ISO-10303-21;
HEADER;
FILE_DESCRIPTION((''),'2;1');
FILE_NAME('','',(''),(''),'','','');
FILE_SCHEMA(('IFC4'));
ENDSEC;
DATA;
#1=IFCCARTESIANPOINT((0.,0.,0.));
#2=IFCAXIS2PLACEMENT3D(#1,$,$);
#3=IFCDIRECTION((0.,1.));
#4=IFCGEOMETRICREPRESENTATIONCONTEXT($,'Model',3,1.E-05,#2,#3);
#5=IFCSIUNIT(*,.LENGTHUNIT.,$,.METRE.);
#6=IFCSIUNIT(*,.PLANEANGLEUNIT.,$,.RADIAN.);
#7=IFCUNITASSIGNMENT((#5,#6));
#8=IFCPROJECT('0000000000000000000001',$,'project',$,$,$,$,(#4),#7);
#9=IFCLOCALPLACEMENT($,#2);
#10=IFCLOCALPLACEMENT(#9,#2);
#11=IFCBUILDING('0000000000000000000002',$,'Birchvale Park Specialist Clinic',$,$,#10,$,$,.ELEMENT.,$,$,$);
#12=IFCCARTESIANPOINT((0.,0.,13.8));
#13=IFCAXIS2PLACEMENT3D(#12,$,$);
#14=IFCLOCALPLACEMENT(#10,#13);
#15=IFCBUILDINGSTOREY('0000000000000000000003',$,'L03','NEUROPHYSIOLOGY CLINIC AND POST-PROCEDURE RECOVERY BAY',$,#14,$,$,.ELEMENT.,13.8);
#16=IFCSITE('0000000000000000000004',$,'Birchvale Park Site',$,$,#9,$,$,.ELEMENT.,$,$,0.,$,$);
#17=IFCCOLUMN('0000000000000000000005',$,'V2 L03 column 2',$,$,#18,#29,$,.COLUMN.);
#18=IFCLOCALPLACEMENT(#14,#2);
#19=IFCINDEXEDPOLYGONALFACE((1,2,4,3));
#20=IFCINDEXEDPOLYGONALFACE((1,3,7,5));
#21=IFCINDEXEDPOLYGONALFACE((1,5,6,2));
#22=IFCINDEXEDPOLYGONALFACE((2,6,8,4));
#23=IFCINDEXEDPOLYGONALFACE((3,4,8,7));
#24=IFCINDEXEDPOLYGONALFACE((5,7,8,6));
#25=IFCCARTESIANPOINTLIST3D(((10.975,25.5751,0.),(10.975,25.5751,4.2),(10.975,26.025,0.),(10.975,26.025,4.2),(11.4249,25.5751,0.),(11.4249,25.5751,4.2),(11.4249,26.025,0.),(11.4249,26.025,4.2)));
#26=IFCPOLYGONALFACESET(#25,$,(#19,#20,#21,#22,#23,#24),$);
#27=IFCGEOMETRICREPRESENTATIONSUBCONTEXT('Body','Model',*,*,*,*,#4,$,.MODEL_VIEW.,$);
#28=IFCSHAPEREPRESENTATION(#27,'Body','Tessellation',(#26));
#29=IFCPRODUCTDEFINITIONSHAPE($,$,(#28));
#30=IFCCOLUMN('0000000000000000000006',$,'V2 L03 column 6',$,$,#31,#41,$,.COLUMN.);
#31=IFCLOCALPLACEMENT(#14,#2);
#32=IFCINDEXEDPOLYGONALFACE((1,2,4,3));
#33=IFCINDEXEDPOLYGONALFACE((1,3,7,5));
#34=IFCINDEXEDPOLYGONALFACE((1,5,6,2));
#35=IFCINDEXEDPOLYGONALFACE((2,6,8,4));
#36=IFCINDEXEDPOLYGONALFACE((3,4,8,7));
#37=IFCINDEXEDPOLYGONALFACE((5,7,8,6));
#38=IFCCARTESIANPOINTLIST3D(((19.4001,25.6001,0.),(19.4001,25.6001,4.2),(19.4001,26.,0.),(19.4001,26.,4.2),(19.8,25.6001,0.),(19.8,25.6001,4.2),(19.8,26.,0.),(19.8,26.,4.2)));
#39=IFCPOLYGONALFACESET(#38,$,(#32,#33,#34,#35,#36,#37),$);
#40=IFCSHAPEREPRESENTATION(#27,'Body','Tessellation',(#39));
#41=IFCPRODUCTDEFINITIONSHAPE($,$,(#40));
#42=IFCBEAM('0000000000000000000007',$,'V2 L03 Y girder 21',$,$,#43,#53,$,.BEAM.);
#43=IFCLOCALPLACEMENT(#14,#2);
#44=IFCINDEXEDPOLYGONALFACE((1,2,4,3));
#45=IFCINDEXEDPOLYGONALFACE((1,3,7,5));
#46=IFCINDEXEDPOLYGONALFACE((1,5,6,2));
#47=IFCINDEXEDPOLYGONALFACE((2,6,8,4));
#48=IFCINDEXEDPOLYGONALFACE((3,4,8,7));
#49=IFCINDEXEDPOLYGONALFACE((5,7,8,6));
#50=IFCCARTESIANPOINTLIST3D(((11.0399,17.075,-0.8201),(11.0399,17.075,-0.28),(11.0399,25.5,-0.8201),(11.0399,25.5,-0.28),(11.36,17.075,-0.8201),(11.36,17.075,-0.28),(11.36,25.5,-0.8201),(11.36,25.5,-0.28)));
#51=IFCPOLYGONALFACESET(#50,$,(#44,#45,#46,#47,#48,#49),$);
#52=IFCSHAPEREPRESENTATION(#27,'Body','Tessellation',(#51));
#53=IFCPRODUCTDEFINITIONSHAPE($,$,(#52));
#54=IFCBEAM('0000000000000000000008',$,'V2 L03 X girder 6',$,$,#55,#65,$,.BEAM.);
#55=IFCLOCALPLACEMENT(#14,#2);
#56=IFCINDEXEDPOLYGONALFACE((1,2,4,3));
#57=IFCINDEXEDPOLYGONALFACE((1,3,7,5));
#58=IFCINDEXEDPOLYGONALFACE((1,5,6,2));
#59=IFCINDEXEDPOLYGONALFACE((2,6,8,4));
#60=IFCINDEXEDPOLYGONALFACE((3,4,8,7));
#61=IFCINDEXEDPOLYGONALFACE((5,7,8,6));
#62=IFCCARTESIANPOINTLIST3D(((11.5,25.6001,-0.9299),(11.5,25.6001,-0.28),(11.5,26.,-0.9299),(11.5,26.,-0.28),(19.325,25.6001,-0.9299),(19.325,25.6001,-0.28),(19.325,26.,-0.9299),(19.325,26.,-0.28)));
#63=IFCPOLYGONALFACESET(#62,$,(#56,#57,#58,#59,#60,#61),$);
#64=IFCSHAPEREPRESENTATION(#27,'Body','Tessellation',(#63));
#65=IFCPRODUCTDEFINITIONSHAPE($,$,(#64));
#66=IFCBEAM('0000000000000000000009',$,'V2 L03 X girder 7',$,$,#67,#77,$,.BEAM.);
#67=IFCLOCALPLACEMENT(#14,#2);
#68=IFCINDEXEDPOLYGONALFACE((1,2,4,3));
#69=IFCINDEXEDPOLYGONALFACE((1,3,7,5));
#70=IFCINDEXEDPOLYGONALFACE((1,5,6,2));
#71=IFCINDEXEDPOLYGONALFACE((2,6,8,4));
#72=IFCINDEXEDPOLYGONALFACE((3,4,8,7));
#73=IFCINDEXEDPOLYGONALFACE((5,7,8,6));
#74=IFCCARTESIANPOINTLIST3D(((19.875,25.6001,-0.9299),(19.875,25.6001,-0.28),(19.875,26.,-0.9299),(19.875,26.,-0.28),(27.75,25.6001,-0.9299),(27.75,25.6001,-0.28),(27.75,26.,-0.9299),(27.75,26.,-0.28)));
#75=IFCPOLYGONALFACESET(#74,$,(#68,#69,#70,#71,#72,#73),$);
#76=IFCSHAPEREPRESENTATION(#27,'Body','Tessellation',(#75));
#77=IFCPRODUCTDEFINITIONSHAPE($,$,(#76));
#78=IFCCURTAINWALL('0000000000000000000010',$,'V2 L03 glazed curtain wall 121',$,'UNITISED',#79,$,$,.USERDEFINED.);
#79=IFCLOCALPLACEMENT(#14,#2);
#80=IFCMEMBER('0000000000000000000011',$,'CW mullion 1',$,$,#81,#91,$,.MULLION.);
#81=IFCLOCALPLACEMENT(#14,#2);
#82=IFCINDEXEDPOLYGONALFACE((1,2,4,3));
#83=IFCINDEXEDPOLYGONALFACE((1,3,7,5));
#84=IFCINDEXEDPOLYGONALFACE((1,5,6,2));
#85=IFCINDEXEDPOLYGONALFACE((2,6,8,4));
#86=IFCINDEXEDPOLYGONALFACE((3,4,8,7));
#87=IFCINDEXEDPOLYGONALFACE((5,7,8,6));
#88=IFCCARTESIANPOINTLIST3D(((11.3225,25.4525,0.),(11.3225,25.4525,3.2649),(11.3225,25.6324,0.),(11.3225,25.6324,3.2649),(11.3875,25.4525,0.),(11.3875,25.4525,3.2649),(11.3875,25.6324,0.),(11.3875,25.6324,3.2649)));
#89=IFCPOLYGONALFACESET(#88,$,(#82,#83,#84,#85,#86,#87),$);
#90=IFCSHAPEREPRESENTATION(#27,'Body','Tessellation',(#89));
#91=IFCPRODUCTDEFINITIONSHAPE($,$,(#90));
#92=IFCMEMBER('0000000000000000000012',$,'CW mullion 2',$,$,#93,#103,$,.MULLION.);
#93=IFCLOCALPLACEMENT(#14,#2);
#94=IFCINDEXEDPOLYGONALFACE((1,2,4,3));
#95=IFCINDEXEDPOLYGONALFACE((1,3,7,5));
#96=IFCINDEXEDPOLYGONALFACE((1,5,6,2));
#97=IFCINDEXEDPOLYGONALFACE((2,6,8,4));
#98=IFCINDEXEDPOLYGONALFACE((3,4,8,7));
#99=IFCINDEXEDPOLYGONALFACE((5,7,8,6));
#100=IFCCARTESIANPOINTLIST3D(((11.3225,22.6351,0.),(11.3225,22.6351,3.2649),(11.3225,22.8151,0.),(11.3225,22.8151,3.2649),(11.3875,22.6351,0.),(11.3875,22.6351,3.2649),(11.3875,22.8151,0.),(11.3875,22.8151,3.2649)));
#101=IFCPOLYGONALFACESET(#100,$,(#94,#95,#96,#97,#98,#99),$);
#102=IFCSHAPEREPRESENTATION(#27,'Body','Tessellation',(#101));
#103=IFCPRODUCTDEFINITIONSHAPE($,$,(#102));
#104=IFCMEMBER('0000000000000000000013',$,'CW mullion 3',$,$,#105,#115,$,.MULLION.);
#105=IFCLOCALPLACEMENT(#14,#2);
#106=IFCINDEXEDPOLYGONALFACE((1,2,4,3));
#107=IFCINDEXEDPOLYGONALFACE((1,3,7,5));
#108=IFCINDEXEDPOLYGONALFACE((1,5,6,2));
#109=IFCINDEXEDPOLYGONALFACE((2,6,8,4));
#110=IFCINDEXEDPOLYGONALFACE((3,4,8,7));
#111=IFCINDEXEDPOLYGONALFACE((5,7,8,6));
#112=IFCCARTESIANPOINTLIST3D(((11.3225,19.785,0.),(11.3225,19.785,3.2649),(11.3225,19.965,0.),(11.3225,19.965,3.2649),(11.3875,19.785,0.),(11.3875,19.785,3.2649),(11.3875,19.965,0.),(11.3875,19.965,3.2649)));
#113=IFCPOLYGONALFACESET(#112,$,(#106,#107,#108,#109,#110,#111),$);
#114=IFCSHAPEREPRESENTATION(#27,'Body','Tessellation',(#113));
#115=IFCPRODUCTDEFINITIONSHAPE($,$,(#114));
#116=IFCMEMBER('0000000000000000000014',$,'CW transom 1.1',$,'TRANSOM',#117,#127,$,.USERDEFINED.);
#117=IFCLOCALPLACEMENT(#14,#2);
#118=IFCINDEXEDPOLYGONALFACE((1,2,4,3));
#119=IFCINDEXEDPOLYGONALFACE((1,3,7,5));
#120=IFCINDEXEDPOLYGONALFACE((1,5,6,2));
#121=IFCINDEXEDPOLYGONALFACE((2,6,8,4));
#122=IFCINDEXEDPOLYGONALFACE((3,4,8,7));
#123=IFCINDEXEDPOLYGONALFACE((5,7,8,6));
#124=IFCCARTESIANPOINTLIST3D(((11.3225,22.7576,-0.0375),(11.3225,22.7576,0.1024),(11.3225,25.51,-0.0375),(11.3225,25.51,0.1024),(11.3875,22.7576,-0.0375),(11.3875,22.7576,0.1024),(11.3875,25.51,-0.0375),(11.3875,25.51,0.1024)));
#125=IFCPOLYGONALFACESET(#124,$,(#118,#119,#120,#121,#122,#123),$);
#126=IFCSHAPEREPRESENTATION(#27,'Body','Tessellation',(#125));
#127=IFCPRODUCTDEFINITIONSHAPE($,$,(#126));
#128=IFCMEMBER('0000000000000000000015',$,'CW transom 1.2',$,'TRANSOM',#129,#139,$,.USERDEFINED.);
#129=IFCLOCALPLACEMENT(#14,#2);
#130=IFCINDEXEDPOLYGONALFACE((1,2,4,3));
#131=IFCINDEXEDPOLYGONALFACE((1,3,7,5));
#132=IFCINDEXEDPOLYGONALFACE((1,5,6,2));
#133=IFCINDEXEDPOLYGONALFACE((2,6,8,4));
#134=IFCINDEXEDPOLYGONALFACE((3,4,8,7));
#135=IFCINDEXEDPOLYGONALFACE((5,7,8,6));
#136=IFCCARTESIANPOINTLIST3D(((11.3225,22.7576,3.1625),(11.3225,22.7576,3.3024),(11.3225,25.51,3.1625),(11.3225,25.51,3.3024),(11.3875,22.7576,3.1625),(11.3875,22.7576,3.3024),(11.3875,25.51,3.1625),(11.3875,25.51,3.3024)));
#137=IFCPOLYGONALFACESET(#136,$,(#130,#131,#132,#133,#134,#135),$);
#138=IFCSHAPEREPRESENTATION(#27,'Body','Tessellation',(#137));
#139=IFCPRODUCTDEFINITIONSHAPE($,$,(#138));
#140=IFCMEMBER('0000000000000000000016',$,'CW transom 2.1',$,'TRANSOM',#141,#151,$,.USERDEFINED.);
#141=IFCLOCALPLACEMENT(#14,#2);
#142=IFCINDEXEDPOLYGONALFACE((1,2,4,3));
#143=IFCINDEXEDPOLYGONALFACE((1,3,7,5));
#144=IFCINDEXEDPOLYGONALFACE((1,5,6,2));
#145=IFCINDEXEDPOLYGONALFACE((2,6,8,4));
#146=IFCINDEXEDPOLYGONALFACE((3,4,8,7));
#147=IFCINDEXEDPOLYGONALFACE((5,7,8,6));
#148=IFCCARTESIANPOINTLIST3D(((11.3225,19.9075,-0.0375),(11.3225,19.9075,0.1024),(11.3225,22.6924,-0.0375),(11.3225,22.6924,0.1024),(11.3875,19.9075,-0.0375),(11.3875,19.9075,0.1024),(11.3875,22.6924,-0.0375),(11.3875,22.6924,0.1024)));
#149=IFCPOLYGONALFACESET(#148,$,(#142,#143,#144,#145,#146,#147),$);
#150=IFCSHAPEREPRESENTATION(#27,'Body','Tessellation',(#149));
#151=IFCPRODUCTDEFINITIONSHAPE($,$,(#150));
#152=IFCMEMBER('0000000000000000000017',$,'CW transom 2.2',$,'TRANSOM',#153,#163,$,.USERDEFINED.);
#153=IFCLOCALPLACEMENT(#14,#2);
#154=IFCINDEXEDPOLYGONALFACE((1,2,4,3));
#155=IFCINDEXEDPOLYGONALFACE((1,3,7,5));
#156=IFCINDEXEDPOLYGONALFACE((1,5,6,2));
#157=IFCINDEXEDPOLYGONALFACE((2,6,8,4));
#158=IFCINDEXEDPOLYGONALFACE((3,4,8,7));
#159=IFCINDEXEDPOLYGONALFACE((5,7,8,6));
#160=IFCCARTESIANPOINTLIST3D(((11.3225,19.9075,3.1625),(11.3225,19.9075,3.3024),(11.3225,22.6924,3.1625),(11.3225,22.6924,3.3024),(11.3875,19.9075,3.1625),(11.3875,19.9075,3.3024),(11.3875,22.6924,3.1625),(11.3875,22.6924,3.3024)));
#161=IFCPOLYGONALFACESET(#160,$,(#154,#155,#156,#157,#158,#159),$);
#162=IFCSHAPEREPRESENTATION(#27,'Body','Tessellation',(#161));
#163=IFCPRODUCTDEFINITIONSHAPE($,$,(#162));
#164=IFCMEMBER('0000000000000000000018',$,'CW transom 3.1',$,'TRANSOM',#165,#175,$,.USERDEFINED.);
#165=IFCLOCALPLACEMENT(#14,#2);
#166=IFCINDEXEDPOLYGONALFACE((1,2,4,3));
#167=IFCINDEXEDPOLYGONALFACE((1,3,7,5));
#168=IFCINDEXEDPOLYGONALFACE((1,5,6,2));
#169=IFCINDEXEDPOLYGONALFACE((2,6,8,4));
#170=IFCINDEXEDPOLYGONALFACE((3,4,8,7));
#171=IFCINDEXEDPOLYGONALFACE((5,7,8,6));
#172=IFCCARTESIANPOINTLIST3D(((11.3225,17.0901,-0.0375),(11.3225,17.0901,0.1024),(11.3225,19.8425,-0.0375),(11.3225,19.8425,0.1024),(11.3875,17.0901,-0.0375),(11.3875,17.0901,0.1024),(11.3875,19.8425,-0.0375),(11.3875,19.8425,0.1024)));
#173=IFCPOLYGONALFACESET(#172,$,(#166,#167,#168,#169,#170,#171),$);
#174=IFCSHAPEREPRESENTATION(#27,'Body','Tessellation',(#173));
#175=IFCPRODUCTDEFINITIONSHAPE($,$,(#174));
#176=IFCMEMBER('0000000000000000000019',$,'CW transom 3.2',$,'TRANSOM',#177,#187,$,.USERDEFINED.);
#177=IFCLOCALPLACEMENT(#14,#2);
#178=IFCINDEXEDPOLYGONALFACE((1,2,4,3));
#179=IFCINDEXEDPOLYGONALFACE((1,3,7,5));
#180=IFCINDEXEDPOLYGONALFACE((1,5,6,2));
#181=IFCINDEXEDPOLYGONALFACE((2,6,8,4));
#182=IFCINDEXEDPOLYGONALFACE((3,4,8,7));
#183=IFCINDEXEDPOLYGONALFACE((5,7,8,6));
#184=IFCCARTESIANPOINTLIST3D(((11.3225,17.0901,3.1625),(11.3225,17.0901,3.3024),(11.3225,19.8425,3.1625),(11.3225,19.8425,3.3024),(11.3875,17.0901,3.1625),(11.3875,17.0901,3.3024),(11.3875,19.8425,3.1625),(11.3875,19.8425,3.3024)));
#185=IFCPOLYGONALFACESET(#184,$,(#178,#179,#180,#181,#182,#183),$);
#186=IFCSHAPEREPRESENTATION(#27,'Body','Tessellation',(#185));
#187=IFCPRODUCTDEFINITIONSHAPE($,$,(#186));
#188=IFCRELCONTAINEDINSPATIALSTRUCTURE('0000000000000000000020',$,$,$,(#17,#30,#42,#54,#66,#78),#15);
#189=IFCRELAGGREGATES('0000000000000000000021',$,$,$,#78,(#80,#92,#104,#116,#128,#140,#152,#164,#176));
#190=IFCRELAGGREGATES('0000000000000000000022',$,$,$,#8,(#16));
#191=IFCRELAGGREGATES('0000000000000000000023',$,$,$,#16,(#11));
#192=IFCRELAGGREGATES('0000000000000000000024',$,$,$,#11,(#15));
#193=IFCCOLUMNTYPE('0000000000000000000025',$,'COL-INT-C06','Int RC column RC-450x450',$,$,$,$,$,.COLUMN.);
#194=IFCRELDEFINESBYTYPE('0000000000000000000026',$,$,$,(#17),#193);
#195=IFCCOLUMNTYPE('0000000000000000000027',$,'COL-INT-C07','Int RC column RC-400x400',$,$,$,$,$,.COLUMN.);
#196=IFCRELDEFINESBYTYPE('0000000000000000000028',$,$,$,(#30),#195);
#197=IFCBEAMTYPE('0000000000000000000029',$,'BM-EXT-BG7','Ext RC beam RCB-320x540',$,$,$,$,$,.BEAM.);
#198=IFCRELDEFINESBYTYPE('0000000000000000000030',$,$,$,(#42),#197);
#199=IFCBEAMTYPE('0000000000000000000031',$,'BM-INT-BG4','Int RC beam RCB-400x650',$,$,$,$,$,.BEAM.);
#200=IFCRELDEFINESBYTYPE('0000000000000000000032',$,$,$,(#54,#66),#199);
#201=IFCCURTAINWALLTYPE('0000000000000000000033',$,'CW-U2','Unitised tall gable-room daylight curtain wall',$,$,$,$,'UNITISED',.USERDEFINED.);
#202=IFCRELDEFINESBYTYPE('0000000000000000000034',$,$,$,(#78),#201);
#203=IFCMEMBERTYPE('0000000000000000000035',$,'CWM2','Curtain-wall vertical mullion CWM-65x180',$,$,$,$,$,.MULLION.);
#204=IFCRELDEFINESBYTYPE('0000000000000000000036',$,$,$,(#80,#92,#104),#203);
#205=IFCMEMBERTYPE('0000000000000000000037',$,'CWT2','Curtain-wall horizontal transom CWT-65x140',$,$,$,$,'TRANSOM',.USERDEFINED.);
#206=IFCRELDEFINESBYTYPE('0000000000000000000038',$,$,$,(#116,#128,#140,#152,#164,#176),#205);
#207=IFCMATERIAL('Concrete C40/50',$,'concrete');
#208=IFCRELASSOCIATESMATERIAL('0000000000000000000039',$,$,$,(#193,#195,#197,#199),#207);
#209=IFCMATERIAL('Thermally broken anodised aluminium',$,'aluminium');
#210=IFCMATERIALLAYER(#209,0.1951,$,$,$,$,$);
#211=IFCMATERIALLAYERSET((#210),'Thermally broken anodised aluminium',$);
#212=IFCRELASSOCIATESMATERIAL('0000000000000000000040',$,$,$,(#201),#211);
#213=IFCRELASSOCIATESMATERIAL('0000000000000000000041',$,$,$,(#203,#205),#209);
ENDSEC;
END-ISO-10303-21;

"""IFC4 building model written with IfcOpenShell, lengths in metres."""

from ifc_helpers import new_model, si_unit, direction, frame, origin, origin_2d, place, context, subcontext, project, spatial, rectangle, extrude, material, layer, layer_set, material_profile, profile_set, type_object, element, aggregate, save


model = new_model("IFC4")

# Units and contexts
model_context = context("Model", 3, precision=1e-05, world=origin(), true_north=direction((0.0, 1.0)))
body_context = subcontext(model_context, "Body", "Model", "MODEL_VIEW")
ifc_project = project(units=[si_unit("LENGTHUNIT", "METRE"), si_unit("PLANEANGLEUNIT", "RADIAN")], contexts=[model_context])

# Site, building, storey
site_placement = place(None, origin())
site = spatial("IfcSite", under=ifc_project, at=site_placement, Name="Birchvale Park Site", CompositionType="ELEMENT", RefElevation=0.0)
building_placement = place(site_placement, origin())
building = spatial("IfcBuilding", under=site, at=building_placement, Name="Birchvale Park Specialist Clinic", CompositionType="ELEMENT")
storey_placement = place(building_placement, frame((0.0, 0.0, 13.8)))
storey = spatial("IfcBuildingStorey", under=building, at=storey_placement, Name="L03", Description="NEUROPHYSIOLOGY CLINIC AND POST-PROCEDURE RECOVERY BAY", CompositionType="ELEMENT", Elevation=13.8)

# Columns
ifc_material_1 = material(Name="Concrete C40/50", Category="concrete")
ifc_material_profile_1 = material_profile(ifc_material_1, rectangle(XDim=0.45, YDim=0.45, at=origin_2d()), Name="RC-450x450")
ifc_profile_set_1 = profile_set([ifc_material_profile_1], Name="Concrete C40/50")
column_type_1 = type_object("IfcColumnType", Name="COL-INT-C06", Description="Int RC column RC-450x450", PredefinedType="COLUMN", material=ifc_profile_set_1)
column_1_placement = place(storey_placement, frame((11.2, 25.8, 0.0), z_axis=(0.0, 0.0, 1.0), x_axis=(1.0, 0.0, 0.0)))
element("IfcColumn", 1, at=column_1_placement, inside=storey, type_object=column_type_1, Name="V2 L03 column 2", PredefinedType="COLUMN", context=body_context, shape_type="SweptSolid", body=[
    extrude(rectangle(XDim=0.45, YDim=0.45, at=origin_2d()), origin(), (0.0, 0.0, 1.0), 4.2),
])
ifc_material_profile_2 = material_profile(ifc_material_1, rectangle(XDim=0.3999, YDim=0.3999, at=origin_2d()), Name="RC-400x400")
ifc_profile_set_2 = profile_set([ifc_material_profile_2], Name="Concrete C40/50")
column_type_2 = type_object("IfcColumnType", Name="COL-INT-C07", Description="Int RC column RC-400x400", PredefinedType="COLUMN", material=ifc_profile_set_2)
column_2_placement = place(storey_placement, frame((19.6001, 25.8, 0.0), z_axis=(0.0, 0.0, 1.0), x_axis=(1.0, 0.0, 0.0)))
element("IfcColumn", 2, at=column_2_placement, inside=storey, type_object=column_type_2, Name="V2 L03 column 6", PredefinedType="COLUMN", context=body_context, shape_type="SweptSolid", body=[
    extrude(rectangle(XDim=0.3999, YDim=0.3999, at=origin_2d()), origin(), (0.0, 0.0, 1.0), 4.2),
])

# Beams
ifc_material_profile_3 = material_profile(ifc_material_1, rectangle(XDim=0.3201, YDim=0.54, at=origin_2d()), Name="RCB-320x540")
ifc_profile_set_3 = profile_set([ifc_material_profile_3], Name="Concrete C40/50")
beam_type_1 = type_object("IfcBeamType", Name="BM-EXT-BG7", Description="Ext RC beam RCB-320x540", PredefinedType="BEAM", material=ifc_profile_set_3)
beam_1_placement = place(storey_placement, frame((11.2, 17.075, -0.55), z_axis=(0.0, 1.0, 0.0), x_axis=(-1.0, 0.0, 0.0)))
element("IfcBeam", 3, at=beam_1_placement, inside=storey, type_object=beam_type_1, Name="V2 L03 Y girder 21", PredefinedType="BEAM", context=body_context, shape_type="SweptSolid", body=[
    extrude(rectangle(XDim=0.3201, YDim=0.54, at=origin_2d()), origin(), (0.0, 0.0, 1.0), 8.425),
])
ifc_material_profile_4 = material_profile(ifc_material_1, rectangle(XDim=0.3999, YDim=0.6499, at=origin_2d()), Name="RCB-400x650")
ifc_profile_set_4 = profile_set([ifc_material_profile_4], Name="Concrete C40/50")
beam_type_2 = type_object("IfcBeamType", Name="BM-INT-BG4", Description="Int RC beam RCB-400x650", PredefinedType="BEAM", material=ifc_profile_set_4)
beam_2_placement = place(storey_placement, frame((11.5, 25.8, -0.605), z_axis=(1.0, 0.0, 0.0), x_axis=(0.0, 1.0, 0.0)))
element("IfcBeam", 4, at=beam_2_placement, inside=storey, type_object=beam_type_2, Name="V2 L03 X girder 6", PredefinedType="BEAM", context=body_context, shape_type="SweptSolid", body=[
    extrude(rectangle(XDim=0.3999, YDim=0.6499, at=origin_2d()), origin(), (0.0, 0.0, 1.0), 7.825),
])
beam_3_placement = place(storey_placement, frame((19.875, 25.8, -0.605), z_axis=(1.0, 0.0, 0.0), x_axis=(0.0, 1.0, 0.0)))
element("IfcBeam", 5, at=beam_3_placement, inside=storey, type_object=beam_type_2, Name="V2 L03 X girder 7", PredefinedType="BEAM", context=body_context, shape_type="SweptSolid", body=[
    extrude(rectangle(XDim=0.3999, YDim=0.6499, at=origin_2d()), origin(), (0.0, 0.0, 1.0), 7.875),
])

# Curtain wall, members
ifc_material_2 = material(Name="Thermally broken anodised aluminium", Category="aluminium")
ifc_layer_1 = layer(ifc_material_2, 0.1951)
ifc_layer_set_1 = layer_set([ifc_layer_1], Name="Thermally broken anodised aluminium")
curtain_wall_type = type_object("IfcCurtainWallType", Name="CW-U2", Description="Unitised tall gable-room daylight curtain wall", ElementType="UNITISED", PredefinedType="USERDEFINED", material=ifc_layer_set_1)
curtain_wall_placement = place(storey_placement, origin())
curtain_wall = element("IfcCurtainWall", 6, at=curtain_wall_placement, inside=storey, type_object=curtain_wall_type, Name="V2 L03 glazed curtain wall 121", ObjectType="UNITISED", PredefinedType="USERDEFINED")
ifc_material_profile_5 = material_profile(ifc_material_2, rectangle(XDim=0.0649, YDim=0.1799, at=origin_2d()), Name="CWM-65x180")
ifc_profile_set_5 = profile_set([ifc_material_profile_5], Name="Thermally broken anodised aluminium")
member_type_1 = type_object("IfcMemberType", Name="CWM2", Description="Curtain-wall vertical mullion CWM-65x180", PredefinedType="MULLION", material=ifc_profile_set_5)
member_1_placement = place(storey_placement, frame((11.355, 25.5425, 0.0), z_axis=(0.0, 0.0, 1.0), x_axis=(1.0, 0.0, 0.0)))
member_1 = element("IfcMember", 7, at=member_1_placement, type_object=member_type_1, Name="CW mullion 1", PredefinedType="MULLION", context=body_context, shape_type="SweptSolid", body=[
    extrude(rectangle(XDim=0.0649, YDim=0.1799, at=origin_2d()), origin(), (0.0, 0.0, 1.0), 3.2649),
])
member_2_placement = place(storey_placement, frame((11.355, 22.7251, 0.0), z_axis=(0.0, 0.0, 1.0), x_axis=(1.0, 0.0, 0.0)))
member_2 = element("IfcMember", 8, at=member_2_placement, type_object=member_type_1, Name="CW mullion 2", PredefinedType="MULLION", context=body_context, shape_type="SweptSolid", body=[
    extrude(rectangle(XDim=0.0649, YDim=0.1799, at=origin_2d()), origin(), (0.0, 0.0, 1.0), 3.2649),
])
member_3_placement = place(storey_placement, frame((11.355, 19.875, 0.0), z_axis=(0.0, 0.0, 1.0), x_axis=(1.0, 0.0, 0.0)))
member_3 = element("IfcMember", 9, at=member_3_placement, type_object=member_type_1, Name="CW mullion 3", PredefinedType="MULLION", context=body_context, shape_type="SweptSolid", body=[
    extrude(rectangle(XDim=0.0649, YDim=0.1799, at=origin_2d()), origin(), (0.0, 0.0, 1.0), 3.2649),
])
ifc_material_profile_6 = material_profile(ifc_material_2, rectangle(XDim=0.0649, YDim=0.1399, at=origin_2d()), Name="CWT-65x140")
ifc_profile_set_6 = profile_set([ifc_material_profile_6], Name="Thermally broken anodised aluminium")
member_type_2 = type_object("IfcMemberType", Name="CWT2", Description="Curtain-wall horizontal transom CWT-65x140", ElementType="TRANSOM", PredefinedType="USERDEFINED", material=ifc_profile_set_6)
member_4_placement = place(storey_placement, frame((11.355, 25.51, 0.0325), z_axis=(0.0, -1.0, 0.0), x_axis=(1.0, 0.0, 0.0)))
member_4 = element("IfcMember", 10, at=member_4_placement, type_object=member_type_2, Name="CW transom 1.1", ObjectType="TRANSOM", PredefinedType="USERDEFINED", context=body_context, shape_type="SweptSolid", body=[
    extrude(rectangle(XDim=0.0649, YDim=0.1399, at=origin_2d()), origin(), (0.0, 0.0, 1.0), 2.7524),
])
member_5_placement = place(storey_placement, frame((11.355, 25.51, 3.2324), z_axis=(0.0, -1.0, 0.0), x_axis=(1.0, 0.0, 0.0)))
member_5 = element("IfcMember", 11, at=member_5_placement, type_object=member_type_2, Name="CW transom 1.2", ObjectType="TRANSOM", PredefinedType="USERDEFINED", context=body_context, shape_type="SweptSolid", body=[
    extrude(rectangle(XDim=0.0649, YDim=0.1399, at=origin_2d()), origin(), (0.0, 0.0, 1.0), 2.7524),
])
member_6_placement = place(storey_placement, frame((11.355, 22.6924, 0.0325), z_axis=(0.0, -1.0, 0.0), x_axis=(1.0, 0.0, 0.0)))
member_6 = element("IfcMember", 12, at=member_6_placement, type_object=member_type_2, Name="CW transom 2.1", ObjectType="TRANSOM", PredefinedType="USERDEFINED", context=body_context, shape_type="SweptSolid", body=[
    extrude(rectangle(XDim=0.0649, YDim=0.1399, at=origin_2d()), origin(), (0.0, 0.0, 1.0), 2.7849),
])
member_7_placement = place(storey_placement, frame((11.355, 22.6924, 3.2324), z_axis=(0.0, -1.0, 0.0), x_axis=(1.0, 0.0, 0.0)))
member_7 = element("IfcMember", 13, at=member_7_placement, type_object=member_type_2, Name="CW transom 2.2", ObjectType="TRANSOM", PredefinedType="USERDEFINED", context=body_context, shape_type="SweptSolid", body=[
    extrude(rectangle(XDim=0.0649, YDim=0.1399, at=origin_2d()), origin(), (0.0, 0.0, 1.0), 2.7849),
])
member_8_placement = place(storey_placement, frame((11.355, 19.8425, 0.0325), z_axis=(0.0, -1.0, 0.0), x_axis=(1.0, 0.0, 0.0)))
member_8 = element("IfcMember", 14, at=member_8_placement, type_object=member_type_2, Name="CW transom 3.1", ObjectType="TRANSOM", PredefinedType="USERDEFINED", context=body_context, shape_type="SweptSolid", body=[
    extrude(rectangle(XDim=0.0649, YDim=0.1399, at=origin_2d()), origin(), (0.0, 0.0, 1.0), 2.7524),
])
member_9_placement = place(storey_placement, frame((11.355, 19.8425, 3.2324), z_axis=(0.0, -1.0, 0.0), x_axis=(1.0, 0.0, 0.0)))
member_9 = element("IfcMember", 15, at=member_9_placement, type_object=member_type_2, Name="CW transom 3.2", ObjectType="TRANSOM", PredefinedType="USERDEFINED", context=body_context, shape_type="SweptSolid", body=[
    extrude(rectangle(XDim=0.0649, YDim=0.1399, at=origin_2d()), origin(), (0.0, 0.0, 1.0), 2.7524),
])

aggregate(curtain_wall, [member_1, member_2, member_3, member_4, member_5, member_6, member_7, member_8, member_9])

save(model, "model.ifc")
